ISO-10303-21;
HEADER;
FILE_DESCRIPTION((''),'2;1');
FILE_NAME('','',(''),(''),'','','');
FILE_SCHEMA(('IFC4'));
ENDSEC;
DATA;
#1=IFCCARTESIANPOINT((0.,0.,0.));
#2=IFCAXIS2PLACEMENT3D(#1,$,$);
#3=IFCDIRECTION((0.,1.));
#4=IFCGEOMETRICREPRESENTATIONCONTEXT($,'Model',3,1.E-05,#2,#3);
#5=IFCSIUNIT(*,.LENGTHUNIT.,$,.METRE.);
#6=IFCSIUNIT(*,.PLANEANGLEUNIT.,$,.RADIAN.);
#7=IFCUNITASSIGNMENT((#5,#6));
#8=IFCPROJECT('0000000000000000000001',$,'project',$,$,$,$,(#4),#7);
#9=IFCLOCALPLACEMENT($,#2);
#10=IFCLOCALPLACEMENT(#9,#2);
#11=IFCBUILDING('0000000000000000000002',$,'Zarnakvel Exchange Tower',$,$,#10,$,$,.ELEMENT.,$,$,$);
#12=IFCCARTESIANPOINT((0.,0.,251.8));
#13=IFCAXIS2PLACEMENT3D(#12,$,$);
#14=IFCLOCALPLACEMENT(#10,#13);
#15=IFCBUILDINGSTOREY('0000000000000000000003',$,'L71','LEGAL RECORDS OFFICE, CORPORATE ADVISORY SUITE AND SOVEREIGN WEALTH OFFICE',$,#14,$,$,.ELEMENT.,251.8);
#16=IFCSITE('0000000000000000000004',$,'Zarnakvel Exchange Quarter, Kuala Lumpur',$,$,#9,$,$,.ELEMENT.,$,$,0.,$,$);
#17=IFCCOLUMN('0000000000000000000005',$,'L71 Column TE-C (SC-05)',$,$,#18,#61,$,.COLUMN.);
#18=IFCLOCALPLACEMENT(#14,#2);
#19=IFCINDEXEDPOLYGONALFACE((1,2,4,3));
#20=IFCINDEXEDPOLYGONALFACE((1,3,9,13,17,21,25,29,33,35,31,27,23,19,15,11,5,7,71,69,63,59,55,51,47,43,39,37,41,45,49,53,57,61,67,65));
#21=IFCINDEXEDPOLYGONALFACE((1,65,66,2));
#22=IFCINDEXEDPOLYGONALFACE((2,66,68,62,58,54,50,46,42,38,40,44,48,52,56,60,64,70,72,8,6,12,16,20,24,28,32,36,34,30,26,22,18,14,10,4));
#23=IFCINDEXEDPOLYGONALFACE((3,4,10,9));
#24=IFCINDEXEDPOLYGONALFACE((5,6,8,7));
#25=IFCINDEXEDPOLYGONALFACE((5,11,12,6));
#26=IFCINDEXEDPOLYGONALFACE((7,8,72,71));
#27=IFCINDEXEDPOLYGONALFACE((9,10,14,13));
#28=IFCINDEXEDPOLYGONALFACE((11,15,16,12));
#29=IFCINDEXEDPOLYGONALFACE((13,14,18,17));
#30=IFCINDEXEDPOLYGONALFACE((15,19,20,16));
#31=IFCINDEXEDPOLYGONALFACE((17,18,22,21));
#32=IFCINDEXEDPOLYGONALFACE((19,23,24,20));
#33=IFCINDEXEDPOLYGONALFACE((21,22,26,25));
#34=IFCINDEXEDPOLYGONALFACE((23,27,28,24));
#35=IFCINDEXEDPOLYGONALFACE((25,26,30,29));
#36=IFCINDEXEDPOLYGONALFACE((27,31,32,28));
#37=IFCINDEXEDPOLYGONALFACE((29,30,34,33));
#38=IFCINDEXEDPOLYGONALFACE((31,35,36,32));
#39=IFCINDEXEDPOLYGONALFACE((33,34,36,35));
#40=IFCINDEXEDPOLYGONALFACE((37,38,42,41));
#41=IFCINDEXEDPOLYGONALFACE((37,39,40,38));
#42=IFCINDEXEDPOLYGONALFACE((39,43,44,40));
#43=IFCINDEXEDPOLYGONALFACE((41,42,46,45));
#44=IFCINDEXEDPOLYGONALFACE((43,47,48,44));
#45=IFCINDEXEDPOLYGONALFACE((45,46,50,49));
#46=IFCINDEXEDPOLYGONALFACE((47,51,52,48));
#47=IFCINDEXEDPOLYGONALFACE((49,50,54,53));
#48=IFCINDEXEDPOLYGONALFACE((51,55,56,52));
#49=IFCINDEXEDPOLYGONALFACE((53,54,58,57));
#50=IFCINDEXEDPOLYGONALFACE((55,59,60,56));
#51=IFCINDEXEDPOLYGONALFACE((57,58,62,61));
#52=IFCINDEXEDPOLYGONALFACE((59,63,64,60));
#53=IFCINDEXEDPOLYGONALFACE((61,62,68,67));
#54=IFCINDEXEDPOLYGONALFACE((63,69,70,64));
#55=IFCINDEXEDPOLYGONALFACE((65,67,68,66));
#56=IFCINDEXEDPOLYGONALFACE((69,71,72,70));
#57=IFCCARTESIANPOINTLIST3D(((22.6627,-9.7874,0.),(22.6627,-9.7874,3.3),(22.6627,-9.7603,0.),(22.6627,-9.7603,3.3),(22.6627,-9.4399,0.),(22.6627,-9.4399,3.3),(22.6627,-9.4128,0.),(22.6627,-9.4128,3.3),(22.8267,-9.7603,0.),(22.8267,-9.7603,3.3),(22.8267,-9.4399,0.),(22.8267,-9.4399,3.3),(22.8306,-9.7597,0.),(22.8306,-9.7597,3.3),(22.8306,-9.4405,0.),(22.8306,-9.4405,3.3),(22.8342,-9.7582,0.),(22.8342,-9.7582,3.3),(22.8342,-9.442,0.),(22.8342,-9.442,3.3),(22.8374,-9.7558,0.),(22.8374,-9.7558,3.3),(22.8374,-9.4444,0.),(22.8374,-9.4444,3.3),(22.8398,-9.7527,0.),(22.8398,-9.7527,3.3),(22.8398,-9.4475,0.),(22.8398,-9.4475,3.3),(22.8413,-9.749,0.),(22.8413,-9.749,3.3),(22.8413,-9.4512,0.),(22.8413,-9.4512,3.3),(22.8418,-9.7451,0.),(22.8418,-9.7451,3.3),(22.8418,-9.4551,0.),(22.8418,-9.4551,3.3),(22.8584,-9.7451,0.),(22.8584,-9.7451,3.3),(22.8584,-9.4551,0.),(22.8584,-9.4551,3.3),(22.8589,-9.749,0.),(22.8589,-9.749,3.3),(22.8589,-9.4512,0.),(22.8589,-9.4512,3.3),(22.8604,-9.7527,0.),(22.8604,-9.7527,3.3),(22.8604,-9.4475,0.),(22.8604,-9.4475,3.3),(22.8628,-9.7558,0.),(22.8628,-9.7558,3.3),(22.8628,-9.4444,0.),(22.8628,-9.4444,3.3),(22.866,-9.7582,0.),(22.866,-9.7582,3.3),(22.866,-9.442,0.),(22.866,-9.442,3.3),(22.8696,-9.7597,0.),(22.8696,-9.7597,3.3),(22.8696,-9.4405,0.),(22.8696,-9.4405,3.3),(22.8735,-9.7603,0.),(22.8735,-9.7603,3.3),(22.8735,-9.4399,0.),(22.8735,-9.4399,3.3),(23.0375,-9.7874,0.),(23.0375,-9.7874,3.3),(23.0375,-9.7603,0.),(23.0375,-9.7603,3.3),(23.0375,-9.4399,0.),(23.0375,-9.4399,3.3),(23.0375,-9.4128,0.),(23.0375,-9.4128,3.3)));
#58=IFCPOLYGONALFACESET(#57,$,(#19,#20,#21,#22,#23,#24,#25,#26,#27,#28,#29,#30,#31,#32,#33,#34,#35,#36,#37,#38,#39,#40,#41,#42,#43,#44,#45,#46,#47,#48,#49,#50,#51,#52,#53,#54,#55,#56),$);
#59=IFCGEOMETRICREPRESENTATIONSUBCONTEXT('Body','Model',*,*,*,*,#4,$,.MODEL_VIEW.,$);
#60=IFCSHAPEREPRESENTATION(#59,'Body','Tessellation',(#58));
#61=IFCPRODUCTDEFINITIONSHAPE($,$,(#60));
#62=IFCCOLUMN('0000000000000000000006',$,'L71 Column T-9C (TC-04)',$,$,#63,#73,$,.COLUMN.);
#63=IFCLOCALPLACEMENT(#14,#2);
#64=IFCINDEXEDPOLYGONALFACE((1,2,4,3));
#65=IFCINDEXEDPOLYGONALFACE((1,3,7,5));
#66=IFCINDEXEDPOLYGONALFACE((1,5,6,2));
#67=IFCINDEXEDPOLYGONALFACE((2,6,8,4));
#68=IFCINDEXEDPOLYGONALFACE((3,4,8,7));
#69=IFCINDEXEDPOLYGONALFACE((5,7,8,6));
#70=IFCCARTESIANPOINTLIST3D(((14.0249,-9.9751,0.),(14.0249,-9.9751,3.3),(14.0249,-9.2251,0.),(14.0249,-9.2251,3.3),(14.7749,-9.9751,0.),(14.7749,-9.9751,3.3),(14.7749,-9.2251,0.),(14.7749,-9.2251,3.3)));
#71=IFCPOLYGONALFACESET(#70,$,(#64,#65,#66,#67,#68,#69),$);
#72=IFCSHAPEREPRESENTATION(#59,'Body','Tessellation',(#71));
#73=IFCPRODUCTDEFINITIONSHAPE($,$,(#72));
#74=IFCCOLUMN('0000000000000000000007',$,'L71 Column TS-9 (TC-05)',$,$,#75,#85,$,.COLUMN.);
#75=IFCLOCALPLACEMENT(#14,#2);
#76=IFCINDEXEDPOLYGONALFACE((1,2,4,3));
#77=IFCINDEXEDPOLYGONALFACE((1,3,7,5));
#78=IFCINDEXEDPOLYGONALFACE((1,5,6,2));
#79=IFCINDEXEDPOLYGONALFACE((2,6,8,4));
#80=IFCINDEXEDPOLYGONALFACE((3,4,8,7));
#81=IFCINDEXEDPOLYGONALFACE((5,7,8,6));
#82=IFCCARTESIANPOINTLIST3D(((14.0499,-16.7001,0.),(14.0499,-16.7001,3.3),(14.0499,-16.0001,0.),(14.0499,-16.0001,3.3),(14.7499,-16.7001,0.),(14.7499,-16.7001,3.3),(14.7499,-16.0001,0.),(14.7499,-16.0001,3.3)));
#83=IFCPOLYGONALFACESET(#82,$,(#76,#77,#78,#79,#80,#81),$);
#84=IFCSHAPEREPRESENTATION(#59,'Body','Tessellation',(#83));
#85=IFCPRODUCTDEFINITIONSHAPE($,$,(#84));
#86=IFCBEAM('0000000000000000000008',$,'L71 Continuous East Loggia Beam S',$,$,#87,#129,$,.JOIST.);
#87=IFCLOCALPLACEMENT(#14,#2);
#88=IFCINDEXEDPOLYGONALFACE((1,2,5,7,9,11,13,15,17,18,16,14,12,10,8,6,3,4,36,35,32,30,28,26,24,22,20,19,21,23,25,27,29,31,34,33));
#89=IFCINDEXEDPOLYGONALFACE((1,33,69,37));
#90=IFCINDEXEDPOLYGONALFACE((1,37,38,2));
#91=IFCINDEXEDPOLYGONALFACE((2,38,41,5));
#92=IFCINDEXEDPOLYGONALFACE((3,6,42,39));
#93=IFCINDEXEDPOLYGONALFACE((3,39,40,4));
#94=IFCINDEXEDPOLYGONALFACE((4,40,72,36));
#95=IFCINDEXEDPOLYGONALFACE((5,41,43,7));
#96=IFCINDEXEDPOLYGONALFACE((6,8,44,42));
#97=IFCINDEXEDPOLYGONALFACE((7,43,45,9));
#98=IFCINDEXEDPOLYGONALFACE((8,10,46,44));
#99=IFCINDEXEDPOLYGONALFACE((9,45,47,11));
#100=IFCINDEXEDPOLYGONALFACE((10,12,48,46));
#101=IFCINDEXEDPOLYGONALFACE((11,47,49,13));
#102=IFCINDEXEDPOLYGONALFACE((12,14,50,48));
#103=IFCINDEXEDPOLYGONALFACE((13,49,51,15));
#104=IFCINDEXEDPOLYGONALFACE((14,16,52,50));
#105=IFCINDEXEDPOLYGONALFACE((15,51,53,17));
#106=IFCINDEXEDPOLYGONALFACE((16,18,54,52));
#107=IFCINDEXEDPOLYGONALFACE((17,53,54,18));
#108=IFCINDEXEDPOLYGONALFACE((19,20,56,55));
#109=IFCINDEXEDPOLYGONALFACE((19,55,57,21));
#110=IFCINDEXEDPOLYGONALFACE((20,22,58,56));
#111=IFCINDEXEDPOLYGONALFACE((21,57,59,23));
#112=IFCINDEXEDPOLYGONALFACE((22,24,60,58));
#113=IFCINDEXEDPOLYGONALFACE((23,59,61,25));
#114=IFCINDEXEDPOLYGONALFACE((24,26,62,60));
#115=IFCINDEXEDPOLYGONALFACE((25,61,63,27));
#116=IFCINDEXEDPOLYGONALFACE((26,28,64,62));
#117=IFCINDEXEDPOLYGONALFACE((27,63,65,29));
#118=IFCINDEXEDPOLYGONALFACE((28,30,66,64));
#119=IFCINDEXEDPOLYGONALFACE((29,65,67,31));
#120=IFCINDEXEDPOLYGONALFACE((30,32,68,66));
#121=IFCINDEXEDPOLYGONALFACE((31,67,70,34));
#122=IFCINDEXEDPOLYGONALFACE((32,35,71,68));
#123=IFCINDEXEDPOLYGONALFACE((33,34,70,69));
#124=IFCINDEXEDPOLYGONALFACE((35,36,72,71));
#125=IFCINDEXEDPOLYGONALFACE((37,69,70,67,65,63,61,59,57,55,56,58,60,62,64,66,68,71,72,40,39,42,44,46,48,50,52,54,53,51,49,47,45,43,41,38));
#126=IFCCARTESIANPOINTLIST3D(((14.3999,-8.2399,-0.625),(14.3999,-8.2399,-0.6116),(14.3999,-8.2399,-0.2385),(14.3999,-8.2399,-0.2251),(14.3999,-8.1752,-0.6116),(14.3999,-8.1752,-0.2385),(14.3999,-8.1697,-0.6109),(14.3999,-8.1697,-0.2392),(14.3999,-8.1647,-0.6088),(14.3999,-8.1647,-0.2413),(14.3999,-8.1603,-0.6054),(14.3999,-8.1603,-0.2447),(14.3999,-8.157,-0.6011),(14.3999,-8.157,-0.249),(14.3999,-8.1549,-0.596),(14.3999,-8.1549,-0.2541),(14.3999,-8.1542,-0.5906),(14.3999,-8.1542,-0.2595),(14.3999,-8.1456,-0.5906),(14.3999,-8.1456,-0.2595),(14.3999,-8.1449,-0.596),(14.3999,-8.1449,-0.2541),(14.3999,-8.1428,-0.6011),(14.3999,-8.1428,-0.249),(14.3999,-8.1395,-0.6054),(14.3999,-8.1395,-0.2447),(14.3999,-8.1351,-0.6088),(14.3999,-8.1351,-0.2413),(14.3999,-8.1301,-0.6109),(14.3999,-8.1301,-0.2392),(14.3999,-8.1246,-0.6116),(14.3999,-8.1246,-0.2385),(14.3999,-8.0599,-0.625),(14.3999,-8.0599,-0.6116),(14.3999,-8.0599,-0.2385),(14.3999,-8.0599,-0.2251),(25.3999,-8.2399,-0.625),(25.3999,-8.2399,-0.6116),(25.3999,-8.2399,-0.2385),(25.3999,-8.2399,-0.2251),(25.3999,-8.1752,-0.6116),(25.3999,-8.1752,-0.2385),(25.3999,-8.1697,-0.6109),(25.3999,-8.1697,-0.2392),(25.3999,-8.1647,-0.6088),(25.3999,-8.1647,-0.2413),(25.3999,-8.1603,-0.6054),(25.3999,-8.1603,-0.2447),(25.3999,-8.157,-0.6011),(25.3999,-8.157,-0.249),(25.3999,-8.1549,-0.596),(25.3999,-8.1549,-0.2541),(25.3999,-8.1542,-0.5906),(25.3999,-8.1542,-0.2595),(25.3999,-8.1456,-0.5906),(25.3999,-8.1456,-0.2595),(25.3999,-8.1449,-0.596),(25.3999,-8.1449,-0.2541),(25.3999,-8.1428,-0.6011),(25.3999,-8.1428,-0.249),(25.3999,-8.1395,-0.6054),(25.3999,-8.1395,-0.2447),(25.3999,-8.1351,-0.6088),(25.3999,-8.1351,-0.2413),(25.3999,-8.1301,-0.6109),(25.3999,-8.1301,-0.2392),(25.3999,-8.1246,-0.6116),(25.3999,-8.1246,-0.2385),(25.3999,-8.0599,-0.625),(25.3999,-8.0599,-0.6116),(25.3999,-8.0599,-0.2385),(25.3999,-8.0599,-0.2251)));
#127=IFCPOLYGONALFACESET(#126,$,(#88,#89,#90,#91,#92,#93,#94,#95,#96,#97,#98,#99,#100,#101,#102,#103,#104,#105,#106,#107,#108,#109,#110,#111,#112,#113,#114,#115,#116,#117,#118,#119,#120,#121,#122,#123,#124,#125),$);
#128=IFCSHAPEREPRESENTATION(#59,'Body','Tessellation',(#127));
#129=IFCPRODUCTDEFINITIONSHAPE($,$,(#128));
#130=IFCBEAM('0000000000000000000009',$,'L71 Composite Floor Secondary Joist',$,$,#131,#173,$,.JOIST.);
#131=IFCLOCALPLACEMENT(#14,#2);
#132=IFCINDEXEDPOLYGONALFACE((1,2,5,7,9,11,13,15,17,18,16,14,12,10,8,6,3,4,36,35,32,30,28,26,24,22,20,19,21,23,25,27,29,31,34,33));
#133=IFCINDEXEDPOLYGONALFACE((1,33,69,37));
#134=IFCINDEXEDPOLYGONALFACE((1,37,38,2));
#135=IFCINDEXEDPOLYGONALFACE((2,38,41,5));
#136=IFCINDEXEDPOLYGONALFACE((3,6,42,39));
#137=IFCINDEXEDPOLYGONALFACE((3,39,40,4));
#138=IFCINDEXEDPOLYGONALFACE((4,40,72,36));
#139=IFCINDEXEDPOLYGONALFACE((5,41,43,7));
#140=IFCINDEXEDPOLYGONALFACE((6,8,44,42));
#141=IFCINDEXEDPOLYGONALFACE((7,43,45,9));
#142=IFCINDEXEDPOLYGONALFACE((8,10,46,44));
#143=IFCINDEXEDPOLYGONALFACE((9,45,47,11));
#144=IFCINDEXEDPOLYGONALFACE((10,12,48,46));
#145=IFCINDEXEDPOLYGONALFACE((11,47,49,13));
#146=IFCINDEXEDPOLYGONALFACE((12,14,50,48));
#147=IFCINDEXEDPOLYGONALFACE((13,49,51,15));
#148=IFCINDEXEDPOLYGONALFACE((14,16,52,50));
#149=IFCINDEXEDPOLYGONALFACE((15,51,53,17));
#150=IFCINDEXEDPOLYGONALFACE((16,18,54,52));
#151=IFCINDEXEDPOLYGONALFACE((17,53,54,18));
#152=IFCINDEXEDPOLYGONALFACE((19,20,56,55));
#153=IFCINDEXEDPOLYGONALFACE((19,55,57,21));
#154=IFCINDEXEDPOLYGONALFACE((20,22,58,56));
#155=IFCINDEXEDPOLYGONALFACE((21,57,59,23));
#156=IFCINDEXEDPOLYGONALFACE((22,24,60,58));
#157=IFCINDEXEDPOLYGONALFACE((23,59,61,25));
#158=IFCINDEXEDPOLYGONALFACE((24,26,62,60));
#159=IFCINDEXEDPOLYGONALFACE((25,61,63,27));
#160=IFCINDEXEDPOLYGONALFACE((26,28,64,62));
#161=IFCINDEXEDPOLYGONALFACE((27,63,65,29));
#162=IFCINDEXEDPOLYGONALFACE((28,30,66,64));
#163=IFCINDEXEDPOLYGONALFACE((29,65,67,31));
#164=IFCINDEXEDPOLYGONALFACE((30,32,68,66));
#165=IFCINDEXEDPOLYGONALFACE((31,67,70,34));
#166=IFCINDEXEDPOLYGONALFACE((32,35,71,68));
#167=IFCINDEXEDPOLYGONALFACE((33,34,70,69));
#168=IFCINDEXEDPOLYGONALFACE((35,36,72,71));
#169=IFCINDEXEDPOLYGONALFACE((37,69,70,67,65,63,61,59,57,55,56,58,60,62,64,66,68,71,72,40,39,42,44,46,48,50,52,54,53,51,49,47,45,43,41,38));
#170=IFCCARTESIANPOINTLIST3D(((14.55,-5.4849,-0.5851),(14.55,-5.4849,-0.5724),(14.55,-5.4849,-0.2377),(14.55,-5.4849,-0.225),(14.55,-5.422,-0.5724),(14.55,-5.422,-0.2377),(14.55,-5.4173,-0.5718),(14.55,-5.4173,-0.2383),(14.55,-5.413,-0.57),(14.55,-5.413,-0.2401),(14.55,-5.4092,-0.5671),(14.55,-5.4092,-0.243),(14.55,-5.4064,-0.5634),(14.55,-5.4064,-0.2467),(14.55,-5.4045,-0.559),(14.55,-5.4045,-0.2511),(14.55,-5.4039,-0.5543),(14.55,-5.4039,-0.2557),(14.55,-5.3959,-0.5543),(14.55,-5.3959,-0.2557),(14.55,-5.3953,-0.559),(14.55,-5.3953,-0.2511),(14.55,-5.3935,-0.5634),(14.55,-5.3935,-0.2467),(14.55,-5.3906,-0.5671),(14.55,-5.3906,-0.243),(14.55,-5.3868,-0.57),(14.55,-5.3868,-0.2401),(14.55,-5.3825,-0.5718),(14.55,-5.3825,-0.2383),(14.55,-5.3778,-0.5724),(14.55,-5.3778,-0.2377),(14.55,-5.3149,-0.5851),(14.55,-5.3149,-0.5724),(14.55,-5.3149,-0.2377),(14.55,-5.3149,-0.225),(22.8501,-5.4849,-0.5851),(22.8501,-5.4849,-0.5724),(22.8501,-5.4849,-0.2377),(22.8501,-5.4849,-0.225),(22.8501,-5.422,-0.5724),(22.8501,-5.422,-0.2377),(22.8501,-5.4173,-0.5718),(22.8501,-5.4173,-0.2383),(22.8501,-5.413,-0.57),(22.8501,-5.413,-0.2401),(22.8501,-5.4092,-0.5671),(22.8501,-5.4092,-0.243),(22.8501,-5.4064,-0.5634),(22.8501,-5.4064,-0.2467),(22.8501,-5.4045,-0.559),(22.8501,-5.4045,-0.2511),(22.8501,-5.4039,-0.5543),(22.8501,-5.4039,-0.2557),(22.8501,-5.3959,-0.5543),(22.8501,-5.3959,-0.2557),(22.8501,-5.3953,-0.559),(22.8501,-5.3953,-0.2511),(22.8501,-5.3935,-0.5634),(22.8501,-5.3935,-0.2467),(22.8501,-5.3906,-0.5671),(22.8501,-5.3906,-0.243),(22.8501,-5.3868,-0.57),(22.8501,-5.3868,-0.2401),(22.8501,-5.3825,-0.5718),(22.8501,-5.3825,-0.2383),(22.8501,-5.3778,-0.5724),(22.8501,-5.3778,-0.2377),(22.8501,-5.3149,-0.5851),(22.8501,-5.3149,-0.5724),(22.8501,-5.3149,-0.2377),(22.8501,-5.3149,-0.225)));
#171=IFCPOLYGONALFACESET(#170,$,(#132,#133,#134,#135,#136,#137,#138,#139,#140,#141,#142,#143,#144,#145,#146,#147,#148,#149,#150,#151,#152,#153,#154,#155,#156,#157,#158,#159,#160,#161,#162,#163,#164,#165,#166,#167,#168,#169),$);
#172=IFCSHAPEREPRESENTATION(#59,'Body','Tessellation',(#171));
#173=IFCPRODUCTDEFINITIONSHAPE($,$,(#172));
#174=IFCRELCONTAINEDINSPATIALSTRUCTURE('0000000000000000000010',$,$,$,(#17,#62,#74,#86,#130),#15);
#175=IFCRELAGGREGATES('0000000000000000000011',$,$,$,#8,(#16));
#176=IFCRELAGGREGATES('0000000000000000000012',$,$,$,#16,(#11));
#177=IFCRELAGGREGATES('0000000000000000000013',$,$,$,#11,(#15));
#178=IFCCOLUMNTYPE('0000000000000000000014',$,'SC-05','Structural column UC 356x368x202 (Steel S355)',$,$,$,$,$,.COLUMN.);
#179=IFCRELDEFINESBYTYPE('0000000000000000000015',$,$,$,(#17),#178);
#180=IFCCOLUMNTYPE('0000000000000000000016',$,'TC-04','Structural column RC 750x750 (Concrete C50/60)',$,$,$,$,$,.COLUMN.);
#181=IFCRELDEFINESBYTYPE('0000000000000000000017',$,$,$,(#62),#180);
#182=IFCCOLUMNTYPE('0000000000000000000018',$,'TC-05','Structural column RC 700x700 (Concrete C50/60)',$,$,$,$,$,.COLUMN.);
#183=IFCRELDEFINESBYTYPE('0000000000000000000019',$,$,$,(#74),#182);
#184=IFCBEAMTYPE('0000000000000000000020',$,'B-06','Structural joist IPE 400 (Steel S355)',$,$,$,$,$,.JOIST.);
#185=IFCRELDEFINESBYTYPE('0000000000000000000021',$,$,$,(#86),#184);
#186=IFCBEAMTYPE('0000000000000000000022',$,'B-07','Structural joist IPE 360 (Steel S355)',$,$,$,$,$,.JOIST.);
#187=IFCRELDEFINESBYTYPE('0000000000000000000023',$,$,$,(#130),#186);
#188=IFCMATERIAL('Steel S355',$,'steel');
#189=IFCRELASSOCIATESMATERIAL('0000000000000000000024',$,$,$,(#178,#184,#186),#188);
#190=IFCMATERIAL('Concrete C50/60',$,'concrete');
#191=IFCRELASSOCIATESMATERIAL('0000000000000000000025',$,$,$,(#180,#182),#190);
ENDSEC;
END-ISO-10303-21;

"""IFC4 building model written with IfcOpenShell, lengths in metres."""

from ifc_helpers import new_model, si_unit, direction, frame, origin, origin_2d, place, context, subcontext, project, spatial, rectangle, i_section, extrude, material, material_profile, profile_set, type_object, element, save


model = new_model("IFC4")

# Units and contexts
model_context = context("Model", 3, precision=1e-05, world=origin(), true_north=direction((0.0, 1.0)))
body_context = subcontext(model_context, "Body", "Model", "MODEL_VIEW")
ifc_project = project(units=[si_unit("LENGTHUNIT", "METRE"), si_unit("PLANEANGLEUNIT", "RADIAN")], contexts=[model_context])

# Site, building, storey
site_placement = place(None, origin())
site = spatial("IfcSite", under=ifc_project, at=site_placement, Name="Zarnakvel Exchange Quarter, Kuala Lumpur", CompositionType="ELEMENT", RefElevation=0.0)
building_placement = place(site_placement, origin())
building = spatial("IfcBuilding", under=site, at=building_placement, Name="Zarnakvel Exchange Tower", CompositionType="ELEMENT")
storey_placement = place(building_placement, frame((0.0, 0.0, 251.8)))
storey = spatial("IfcBuildingStorey", under=building, at=storey_placement, Name="L71", Description="LEGAL RECORDS OFFICE, CORPORATE ADVISORY SUITE AND SOVEREIGN WEALTH OFFICE", CompositionType="ELEMENT", Elevation=251.8)

# Columns
ifc_material_1 = material(Name="Steel S355", Category="steel")
ifc_material_profile_1 = material_profile(ifc_material_1, i_section(OverallWidth=0.3748, OverallDepth=0.3745, WebThickness=0.0166, FlangeThickness=0.0271, FilletRadius=0.0151, at=origin_2d()))
ifc_profile_set_1 = profile_set([ifc_material_profile_1], Name="Steel S355")
column_type_1 = type_object("IfcColumnType", Name="SC-05", Description="Structural column UC 356x368x202 (Steel S355)", PredefinedType="COLUMN", material=ifc_profile_set_1)
column_1_placement = place(storey_placement, frame((22.8501, -9.6001, 0.0), z_axis=(0.0, 0.0, 1.0), x_axis=(1.0, 0.0, 0.0)))
element("IfcColumn", 1, at=column_1_placement, inside=storey, type_object=column_type_1, Name="L71 Column TE-C (SC-05)", PredefinedType="COLUMN", context=body_context, shape_type="SweptSolid", body=[
    extrude(i_section(OverallWidth=0.3748, OverallDepth=0.3745, WebThickness=0.0166, FlangeThickness=0.0271, FilletRadius=0.0151, at=origin_2d()), origin(), (0.0, 0.0, 1.0), 3.3),
])
ifc_material_2 = material(Name="Concrete C50/60", Category="concrete")
ifc_material_profile_2 = material_profile(ifc_material_2, rectangle(XDim=0.75, YDim=0.75, at=origin_2d()))
ifc_profile_set_2 = profile_set([ifc_material_profile_2], Name="Concrete C50/60")
column_type_2 = type_object("IfcColumnType", Name="TC-04", Description="Structural column RC 750x750 (Concrete C50/60)", PredefinedType="COLUMN", material=ifc_profile_set_2)
column_2_placement = place(storey_placement, frame((14.3999, -9.6001, 0.0), z_axis=(0.0, 0.0, 1.0), x_axis=(1.0, 0.0, 0.0)))
element("IfcColumn", 2, at=column_2_placement, inside=storey, type_object=column_type_2, Name="L71 Column T-9C (TC-04)", PredefinedType="COLUMN", context=body_context, shape_type="SweptSolid", body=[
    extrude(rectangle(XDim=0.75, YDim=0.75, at=origin_2d()), origin(), (0.0, 0.0, 1.0), 3.3),
])
ifc_material_profile_3 = material_profile(ifc_material_2, rectangle(XDim=0.7, YDim=0.7, at=origin_2d()))
ifc_profile_set_3 = profile_set([ifc_material_profile_3], Name="Concrete C50/60")
column_type_3 = type_object("IfcColumnType", Name="TC-05", Description="Structural column RC 700x700 (Concrete C50/60)", PredefinedType="COLUMN", material=ifc_profile_set_3)
column_3_placement = place(storey_placement, frame((14.3999, -16.3501, 0.0), z_axis=(0.0, 0.0, 1.0), x_axis=(1.0, 0.0, 0.0)))
element("IfcColumn", 3, at=column_3_placement, inside=storey, type_object=column_type_3, Name="L71 Column TS-9 (TC-05)", PredefinedType="COLUMN", context=body_context, shape_type="SweptSolid", body=[
    extrude(rectangle(XDim=0.7, YDim=0.7, at=origin_2d()), origin(), (0.0, 0.0, 1.0), 3.3),
])

# Beams
ifc_material_profile_4 = material_profile(ifc_material_1, i_section(OverallWidth=0.1799, OverallDepth=0.3999, WebThickness=0.0085, FlangeThickness=0.0134, FilletRadius=0.021, at=origin_2d()))
ifc_profile_set_4 = profile_set([ifc_material_profile_4], Name="Steel S355")
beam_type_1 = type_object("IfcBeamType", Name="B-06", Description="Structural joist IPE 400 (Steel S355)", PredefinedType="JOIST", material=ifc_profile_set_4)
beam_1_placement = place(storey_placement, frame((14.3999, -8.1499, -0.425), z_axis=(1.0, 0.0, 0.0), x_axis=(0.0, 1.0, 0.0)))
element("IfcBeam", 4, at=beam_1_placement, inside=storey, type_object=beam_type_1, Name="L71 Continuous East Loggia Beam S", PredefinedType="JOIST", context=body_context, shape_type="SweptSolid", body=[
    extrude(i_section(OverallWidth=0.1799, OverallDepth=0.3999, WebThickness=0.0085, FlangeThickness=0.0134, FilletRadius=0.021, at=origin_2d()), origin(), (0.0, 0.0, 1.0), 11.0),
])
ifc_material_profile_5 = material_profile(ifc_material_1, i_section(OverallWidth=0.1699, OverallDepth=0.3601, WebThickness=0.0081, FlangeThickness=0.0127, FilletRadius=0.0181, at=origin_2d()))
ifc_profile_set_5 = profile_set([ifc_material_profile_5], Name="Steel S355")
beam_type_2 = type_object("IfcBeamType", Name="B-07", Description="Structural joist IPE 360 (Steel S355)", PredefinedType="JOIST", material=ifc_profile_set_5)
beam_2_placement = place(storey_placement, frame((14.55, -5.3999, -0.405), z_axis=(1.0, 0.0, 0.0), x_axis=(0.0, 1.0, 0.0)))
element("IfcBeam", 5, at=beam_2_placement, inside=storey, type_object=beam_type_2, Name="L71 Composite Floor Secondary Joist", PredefinedType="JOIST", context=body_context, shape_type="SweptSolid", body=[
    extrude(i_section(OverallWidth=0.1699, OverallDepth=0.3601, WebThickness=0.0081, FlangeThickness=0.0127, FilletRadius=0.0181, at=origin_2d()), origin(), (0.0, 0.0, 1.0), 8.3),
])

save(model, "model.ifc")
